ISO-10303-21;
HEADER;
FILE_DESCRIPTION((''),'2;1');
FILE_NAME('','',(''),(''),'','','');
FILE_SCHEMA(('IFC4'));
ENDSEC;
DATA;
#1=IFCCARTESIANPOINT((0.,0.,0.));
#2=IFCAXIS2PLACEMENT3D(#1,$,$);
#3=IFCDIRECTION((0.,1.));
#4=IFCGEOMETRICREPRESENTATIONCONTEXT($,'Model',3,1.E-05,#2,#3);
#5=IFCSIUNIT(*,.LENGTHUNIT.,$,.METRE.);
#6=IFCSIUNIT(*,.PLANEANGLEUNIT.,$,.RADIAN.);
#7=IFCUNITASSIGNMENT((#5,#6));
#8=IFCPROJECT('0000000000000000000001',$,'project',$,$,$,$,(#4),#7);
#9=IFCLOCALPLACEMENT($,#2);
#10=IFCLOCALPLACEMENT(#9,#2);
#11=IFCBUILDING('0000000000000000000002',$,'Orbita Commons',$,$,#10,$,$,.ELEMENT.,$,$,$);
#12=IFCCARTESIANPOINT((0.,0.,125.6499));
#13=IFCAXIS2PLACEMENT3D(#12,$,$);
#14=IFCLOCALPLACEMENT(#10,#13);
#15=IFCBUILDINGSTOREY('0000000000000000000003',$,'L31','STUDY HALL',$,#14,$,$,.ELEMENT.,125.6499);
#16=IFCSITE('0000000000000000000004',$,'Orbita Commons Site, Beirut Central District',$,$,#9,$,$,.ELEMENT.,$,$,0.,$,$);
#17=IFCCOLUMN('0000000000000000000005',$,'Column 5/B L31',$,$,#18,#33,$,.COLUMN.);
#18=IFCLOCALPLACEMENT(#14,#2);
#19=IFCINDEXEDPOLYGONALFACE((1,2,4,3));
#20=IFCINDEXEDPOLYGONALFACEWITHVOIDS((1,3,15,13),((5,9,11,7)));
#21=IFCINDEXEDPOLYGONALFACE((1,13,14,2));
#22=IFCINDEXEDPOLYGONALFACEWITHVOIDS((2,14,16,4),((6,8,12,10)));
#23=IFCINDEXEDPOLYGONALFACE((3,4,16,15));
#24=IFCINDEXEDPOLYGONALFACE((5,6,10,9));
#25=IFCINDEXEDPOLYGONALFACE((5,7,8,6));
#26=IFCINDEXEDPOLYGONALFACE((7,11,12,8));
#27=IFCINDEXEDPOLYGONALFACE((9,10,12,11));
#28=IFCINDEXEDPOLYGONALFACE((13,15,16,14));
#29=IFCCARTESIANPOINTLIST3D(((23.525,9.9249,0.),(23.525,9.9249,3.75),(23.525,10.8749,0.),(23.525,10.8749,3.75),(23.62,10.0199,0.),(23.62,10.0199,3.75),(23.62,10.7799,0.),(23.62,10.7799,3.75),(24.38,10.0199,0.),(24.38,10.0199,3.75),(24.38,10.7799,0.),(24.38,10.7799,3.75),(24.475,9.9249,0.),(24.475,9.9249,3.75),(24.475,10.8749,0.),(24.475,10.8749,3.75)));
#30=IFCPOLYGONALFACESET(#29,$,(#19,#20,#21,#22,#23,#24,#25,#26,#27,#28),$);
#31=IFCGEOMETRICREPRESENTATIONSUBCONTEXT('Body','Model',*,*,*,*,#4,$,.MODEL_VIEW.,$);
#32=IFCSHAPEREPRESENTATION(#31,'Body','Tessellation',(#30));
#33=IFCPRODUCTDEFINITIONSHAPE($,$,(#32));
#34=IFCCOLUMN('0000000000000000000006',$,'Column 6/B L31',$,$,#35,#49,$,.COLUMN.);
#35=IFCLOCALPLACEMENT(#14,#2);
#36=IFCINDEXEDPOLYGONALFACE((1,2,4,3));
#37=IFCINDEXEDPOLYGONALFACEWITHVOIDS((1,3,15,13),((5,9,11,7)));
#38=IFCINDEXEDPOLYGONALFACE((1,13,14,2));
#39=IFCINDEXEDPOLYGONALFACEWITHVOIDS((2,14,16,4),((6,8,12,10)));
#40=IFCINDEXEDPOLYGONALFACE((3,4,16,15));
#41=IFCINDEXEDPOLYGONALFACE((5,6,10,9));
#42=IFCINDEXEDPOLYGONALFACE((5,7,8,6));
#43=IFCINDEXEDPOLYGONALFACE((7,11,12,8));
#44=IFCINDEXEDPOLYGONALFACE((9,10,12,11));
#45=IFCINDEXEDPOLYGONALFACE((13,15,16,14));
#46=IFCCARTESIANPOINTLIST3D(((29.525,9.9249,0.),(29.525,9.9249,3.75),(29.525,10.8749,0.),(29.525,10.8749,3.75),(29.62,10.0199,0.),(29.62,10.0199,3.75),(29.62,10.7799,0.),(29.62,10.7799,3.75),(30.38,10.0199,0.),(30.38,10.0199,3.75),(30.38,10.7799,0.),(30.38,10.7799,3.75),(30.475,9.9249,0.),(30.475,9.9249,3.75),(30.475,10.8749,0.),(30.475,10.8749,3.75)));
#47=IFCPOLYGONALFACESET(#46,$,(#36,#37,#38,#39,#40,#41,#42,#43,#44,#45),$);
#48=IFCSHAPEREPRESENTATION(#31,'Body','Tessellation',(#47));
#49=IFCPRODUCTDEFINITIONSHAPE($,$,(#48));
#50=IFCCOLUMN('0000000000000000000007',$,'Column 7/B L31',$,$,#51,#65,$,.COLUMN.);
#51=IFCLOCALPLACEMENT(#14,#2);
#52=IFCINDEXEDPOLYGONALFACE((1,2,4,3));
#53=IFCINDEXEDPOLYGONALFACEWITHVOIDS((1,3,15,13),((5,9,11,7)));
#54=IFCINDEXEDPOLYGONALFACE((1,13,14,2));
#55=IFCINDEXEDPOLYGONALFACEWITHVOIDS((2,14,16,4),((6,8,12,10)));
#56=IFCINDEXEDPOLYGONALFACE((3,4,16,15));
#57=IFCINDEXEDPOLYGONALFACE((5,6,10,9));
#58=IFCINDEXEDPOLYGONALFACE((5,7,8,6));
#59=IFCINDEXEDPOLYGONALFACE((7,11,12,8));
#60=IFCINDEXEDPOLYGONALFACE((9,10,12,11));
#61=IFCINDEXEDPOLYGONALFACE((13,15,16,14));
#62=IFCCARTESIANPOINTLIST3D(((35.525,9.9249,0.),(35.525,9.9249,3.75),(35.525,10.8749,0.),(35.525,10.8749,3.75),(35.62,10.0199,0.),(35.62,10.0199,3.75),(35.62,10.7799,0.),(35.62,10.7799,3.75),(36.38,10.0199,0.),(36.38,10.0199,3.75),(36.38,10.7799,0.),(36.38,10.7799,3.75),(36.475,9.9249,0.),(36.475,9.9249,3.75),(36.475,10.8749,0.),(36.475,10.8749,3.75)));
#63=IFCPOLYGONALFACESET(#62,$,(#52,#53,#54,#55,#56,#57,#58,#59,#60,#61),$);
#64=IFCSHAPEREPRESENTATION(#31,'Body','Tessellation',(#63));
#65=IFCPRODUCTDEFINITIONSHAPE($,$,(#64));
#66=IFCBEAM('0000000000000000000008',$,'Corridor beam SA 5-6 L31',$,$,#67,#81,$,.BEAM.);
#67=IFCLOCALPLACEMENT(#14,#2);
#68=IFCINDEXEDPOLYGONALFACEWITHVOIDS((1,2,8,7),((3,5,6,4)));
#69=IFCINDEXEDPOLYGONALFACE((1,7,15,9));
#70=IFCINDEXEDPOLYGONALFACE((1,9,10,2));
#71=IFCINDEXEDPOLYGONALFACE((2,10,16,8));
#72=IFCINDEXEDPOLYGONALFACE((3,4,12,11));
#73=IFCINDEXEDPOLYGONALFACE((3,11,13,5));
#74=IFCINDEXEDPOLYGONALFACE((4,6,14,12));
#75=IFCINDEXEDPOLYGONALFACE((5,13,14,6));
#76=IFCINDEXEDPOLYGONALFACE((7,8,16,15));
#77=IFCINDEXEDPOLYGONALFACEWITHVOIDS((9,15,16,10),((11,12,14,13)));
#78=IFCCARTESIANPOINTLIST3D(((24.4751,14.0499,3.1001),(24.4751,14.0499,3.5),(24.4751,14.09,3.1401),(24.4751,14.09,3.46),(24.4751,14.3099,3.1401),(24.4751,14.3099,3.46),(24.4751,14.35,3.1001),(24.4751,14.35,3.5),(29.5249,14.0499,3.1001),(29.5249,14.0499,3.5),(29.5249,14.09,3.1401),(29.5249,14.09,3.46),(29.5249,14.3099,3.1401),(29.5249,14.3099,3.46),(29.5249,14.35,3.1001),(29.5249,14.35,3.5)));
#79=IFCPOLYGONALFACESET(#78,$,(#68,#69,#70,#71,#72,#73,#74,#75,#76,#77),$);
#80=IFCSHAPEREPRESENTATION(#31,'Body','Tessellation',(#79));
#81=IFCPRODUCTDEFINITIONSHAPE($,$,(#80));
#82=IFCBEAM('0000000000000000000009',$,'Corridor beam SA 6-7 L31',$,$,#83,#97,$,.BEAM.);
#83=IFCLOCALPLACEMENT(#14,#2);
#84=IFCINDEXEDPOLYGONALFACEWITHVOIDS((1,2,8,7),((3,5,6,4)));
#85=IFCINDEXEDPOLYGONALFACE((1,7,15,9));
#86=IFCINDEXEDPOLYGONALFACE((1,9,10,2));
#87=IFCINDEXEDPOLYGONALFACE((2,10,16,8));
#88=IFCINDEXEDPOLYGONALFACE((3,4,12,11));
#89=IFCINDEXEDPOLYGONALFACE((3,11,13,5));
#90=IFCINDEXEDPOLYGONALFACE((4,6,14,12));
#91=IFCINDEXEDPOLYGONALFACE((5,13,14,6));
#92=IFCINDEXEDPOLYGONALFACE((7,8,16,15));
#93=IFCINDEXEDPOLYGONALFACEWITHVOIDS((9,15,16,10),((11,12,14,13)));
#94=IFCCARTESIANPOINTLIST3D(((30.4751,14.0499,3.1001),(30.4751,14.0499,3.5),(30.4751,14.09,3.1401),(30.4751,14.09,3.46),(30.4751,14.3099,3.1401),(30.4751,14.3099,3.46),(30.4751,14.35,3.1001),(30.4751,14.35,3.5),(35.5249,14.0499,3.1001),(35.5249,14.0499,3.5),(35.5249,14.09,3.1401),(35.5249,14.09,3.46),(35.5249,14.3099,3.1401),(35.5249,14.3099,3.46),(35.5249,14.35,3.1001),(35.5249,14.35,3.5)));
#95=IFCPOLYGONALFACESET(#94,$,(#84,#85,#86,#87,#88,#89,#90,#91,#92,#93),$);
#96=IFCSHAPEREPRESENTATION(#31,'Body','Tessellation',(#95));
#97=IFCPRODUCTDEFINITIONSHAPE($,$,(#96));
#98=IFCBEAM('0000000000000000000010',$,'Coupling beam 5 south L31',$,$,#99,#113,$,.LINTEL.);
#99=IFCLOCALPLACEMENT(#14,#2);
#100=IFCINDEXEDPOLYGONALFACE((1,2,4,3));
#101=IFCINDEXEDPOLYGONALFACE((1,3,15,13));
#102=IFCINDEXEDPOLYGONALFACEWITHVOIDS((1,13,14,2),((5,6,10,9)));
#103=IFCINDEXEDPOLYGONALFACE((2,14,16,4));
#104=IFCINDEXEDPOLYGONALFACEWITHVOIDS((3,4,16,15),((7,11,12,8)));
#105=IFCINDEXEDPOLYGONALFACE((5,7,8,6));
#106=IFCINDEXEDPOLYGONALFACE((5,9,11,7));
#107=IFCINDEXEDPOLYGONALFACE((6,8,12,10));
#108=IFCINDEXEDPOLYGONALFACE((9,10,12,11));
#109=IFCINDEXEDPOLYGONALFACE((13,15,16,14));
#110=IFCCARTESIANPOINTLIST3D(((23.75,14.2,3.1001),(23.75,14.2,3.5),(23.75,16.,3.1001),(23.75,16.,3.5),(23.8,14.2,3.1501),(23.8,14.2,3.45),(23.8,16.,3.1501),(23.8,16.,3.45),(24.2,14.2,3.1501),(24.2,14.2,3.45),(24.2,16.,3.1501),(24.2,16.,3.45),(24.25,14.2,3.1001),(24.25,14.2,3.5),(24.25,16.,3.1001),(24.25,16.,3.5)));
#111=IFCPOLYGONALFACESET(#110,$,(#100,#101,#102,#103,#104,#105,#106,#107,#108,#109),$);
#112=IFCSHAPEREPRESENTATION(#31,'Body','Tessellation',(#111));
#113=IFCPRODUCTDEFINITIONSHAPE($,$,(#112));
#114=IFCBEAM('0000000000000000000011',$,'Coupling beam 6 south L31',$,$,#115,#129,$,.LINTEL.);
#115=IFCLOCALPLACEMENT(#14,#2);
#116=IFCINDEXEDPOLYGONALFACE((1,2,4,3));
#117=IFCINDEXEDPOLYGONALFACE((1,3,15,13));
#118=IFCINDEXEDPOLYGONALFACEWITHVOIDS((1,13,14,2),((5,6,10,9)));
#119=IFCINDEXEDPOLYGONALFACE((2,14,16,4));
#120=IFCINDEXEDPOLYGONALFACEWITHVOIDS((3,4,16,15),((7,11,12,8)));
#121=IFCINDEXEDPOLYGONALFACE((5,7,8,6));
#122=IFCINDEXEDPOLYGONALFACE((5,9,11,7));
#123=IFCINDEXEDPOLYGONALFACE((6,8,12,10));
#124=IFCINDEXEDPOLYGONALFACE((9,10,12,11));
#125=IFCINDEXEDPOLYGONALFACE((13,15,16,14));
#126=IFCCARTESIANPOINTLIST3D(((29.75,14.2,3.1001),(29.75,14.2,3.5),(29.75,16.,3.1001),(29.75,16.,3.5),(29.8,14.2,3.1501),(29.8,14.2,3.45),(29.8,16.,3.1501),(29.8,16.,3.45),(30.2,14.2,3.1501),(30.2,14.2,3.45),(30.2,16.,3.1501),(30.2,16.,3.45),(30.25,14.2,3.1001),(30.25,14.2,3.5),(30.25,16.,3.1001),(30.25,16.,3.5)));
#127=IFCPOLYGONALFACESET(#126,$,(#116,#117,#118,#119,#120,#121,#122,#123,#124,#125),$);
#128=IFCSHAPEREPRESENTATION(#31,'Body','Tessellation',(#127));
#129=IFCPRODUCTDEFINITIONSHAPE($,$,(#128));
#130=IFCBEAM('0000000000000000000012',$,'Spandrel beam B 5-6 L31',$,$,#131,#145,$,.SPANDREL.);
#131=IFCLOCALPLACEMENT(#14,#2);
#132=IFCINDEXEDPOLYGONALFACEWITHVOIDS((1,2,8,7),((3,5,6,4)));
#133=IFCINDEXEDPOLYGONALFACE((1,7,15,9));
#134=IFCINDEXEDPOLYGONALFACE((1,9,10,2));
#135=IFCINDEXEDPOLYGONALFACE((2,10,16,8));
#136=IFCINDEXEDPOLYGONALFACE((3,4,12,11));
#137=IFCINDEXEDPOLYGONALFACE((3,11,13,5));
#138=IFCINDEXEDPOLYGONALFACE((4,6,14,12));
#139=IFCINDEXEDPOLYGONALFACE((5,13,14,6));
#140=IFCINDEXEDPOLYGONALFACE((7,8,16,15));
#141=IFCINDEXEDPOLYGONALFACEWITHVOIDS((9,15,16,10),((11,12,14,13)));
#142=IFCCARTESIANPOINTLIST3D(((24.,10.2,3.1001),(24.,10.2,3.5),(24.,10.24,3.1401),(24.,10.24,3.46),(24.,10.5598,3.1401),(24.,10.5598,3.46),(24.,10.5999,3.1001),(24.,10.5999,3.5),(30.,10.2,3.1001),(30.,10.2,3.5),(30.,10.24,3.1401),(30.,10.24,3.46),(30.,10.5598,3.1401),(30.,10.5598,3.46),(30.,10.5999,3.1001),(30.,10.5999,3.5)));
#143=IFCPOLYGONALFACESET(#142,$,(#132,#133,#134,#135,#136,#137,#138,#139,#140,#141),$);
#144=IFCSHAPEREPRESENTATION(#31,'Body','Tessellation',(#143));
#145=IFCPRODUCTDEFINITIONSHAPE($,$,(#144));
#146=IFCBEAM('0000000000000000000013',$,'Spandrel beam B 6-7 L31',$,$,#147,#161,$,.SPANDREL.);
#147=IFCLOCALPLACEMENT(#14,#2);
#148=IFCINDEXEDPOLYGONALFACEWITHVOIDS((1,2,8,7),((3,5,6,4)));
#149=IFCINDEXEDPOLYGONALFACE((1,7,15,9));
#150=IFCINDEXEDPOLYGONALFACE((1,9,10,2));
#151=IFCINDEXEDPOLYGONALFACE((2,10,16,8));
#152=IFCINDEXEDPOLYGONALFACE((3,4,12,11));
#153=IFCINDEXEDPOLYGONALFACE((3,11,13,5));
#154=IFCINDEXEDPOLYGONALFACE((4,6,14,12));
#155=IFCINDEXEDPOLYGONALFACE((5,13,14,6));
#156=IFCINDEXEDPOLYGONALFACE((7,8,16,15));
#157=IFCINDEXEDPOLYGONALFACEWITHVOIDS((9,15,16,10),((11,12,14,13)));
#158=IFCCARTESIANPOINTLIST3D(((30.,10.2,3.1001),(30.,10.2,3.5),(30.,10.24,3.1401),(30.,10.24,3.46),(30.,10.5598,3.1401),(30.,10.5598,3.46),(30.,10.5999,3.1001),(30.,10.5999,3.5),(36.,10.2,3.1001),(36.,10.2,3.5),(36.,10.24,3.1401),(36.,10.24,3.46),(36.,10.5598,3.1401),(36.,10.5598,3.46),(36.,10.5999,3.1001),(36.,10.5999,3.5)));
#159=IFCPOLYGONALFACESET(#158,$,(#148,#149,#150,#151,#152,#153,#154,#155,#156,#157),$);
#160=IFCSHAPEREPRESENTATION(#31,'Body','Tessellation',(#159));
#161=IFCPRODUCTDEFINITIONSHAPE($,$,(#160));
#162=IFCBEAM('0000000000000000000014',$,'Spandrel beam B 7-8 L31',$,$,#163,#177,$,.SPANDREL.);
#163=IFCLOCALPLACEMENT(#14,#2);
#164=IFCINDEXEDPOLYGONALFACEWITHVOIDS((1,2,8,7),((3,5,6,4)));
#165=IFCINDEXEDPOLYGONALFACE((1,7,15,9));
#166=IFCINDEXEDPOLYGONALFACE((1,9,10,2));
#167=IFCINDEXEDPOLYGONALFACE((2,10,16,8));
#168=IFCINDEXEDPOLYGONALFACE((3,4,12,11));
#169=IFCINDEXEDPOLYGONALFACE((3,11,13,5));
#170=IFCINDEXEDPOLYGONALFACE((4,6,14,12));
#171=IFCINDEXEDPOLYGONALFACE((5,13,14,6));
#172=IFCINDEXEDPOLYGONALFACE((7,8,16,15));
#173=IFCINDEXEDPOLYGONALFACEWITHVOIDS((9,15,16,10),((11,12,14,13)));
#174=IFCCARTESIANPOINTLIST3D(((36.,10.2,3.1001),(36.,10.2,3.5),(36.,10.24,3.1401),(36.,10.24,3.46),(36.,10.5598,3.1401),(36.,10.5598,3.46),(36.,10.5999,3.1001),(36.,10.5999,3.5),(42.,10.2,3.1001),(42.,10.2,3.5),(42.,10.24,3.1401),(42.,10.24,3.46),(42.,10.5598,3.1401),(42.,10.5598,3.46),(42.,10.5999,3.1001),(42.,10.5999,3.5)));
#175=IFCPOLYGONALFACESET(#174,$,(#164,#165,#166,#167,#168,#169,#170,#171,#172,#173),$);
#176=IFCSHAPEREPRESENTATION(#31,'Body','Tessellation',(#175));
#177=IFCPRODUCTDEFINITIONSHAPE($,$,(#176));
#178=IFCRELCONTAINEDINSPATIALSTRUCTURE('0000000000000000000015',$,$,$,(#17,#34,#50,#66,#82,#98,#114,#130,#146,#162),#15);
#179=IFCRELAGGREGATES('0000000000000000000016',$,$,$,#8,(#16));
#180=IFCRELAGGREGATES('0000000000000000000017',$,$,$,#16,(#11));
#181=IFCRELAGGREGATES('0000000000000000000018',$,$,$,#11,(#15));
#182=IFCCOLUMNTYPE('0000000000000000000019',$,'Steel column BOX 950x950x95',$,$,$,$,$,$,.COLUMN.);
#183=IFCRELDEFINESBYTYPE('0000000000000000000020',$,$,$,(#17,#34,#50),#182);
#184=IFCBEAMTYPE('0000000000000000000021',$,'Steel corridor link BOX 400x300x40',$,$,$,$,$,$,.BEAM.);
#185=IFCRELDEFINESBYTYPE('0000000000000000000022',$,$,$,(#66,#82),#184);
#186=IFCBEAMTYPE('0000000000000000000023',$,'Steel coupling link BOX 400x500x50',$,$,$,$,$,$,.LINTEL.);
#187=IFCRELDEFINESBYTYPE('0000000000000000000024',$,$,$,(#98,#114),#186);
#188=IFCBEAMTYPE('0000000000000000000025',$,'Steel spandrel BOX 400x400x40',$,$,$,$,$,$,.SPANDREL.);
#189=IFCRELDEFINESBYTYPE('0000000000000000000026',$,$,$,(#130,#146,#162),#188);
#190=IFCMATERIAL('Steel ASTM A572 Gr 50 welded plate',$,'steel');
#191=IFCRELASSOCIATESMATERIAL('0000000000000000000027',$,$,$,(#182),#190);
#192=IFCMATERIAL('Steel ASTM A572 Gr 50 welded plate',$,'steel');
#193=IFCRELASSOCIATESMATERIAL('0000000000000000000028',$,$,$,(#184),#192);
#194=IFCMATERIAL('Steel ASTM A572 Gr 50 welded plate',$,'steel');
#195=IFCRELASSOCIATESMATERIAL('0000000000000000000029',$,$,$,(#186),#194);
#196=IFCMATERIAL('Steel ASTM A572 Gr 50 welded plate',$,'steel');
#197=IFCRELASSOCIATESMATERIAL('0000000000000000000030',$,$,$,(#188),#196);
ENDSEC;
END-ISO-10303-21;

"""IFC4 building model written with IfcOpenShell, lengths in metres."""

from ifc_helpers import new_model, si_unit, direction, frame, origin, origin_2d, place, context, subcontext, project, spatial, hollow_rectangle, extrude, material, material_profile, profile_set, type_object, element, save


model = new_model("IFC4")

# Units and contexts
model_context = context("Model", 3, precision=1e-05, world=origin(), true_north=direction((0.0, 1.0)))
body_context = subcontext(model_context, "Body", "Model", "MODEL_VIEW")
ifc_project = project(units=[si_unit("LENGTHUNIT", "METRE"), si_unit("PLANEANGLEUNIT", "RADIAN")], contexts=[model_context])

# Site, building, storey
site_placement = place(None, origin())
site = spatial("IfcSite", under=ifc_project, at=site_placement, Name="Orbita Commons Site, Beirut Central District", CompositionType="ELEMENT", RefElevation=0.0)
building_placement = place(site_placement, origin())
building = spatial("IfcBuilding", under=site, at=building_placement, Name="Orbita Commons", CompositionType="ELEMENT")
storey_placement = place(building_placement, frame((0.0, 0.0, 125.6499)))
storey = spatial("IfcBuildingStorey", under=building, at=storey_placement, Name="L31", Description="STUDY HALL", CompositionType="ELEMENT", Elevation=125.6499)

# Columns
ifc_material_1 = material(Name="Steel ASTM A572 Gr 50 welded plate", Category="steel")
ifc_material_profile_1 = material_profile(ifc_material_1, hollow_rectangle(XDim=0.95, YDim=0.95, WallThickness=0.095, at=origin_2d()), Name="BOX 950x950x95")
ifc_profile_set_1 = profile_set([ifc_material_profile_1], Name="Steel ASTM A572 Gr 50 welded plate")
column_type = type_object("IfcColumnType", Name="Steel column BOX 950x950x95", PredefinedType="COLUMN", material=ifc_profile_set_1)
for number, where, z_axis, x_axis, name in (
    (1, (24.0, 10.3999, 0.0), (0.0, 0.0, 1.0), (1.0, 0.0, 0.0), "Column 5/B L31"),
    (2, (30.0, 10.3999, 0.0), (0.0, 0.0, 1.0), (1.0, 0.0, 0.0), "Column 6/B L31"),
    (3, (36.0, 10.3999, 0.0), (0.0, 0.0, 1.0), (1.0, 0.0, 0.0), "Column 7/B L31"),
):
    element("IfcColumn", number, at=place(storey_placement, frame(where, z_axis=z_axis, x_axis=x_axis)), inside=storey, type_object=column_type, Name=name, PredefinedType="COLUMN", context=body_context, shape_type="SweptSolid", body=[
        extrude(hollow_rectangle(XDim=0.95, YDim=0.95, WallThickness=0.095, at=origin_2d()), origin(), (0.0, 0.0, 1.0), 3.75),
    ])

# Beams
ifc_material_2 = material(Name="Steel ASTM A572 Gr 50 welded plate", Category="steel")
ifc_material_profile_2 = material_profile(ifc_material_2, hollow_rectangle(XDim=0.3, YDim=0.3999, WallThickness=0.04, at=origin_2d()), Name="BOX 400x300x40")
ifc_profile_set_2 = profile_set([ifc_material_profile_2], Name="Steel ASTM A572 Gr 50 welded plate")
beam_type_1 = type_object("IfcBeamType", Name="Steel corridor link BOX 400x300x40", PredefinedType="BEAM", material=ifc_profile_set_2)
for number, where, z_axis, x_axis, name in (
    (4, (24.4751, 14.2, 3.3), (1.0, 0.0, 0.0), (0.0, 1.0, 0.0), "Corridor beam SA 5-6 L31"),
    (5, (30.4751, 14.2, 3.3), (1.0, 0.0, 0.0), (0.0, 1.0, 0.0), "Corridor beam SA 6-7 L31"),
):
    element("IfcBeam", number, at=place(storey_placement, frame(where, z_axis=z_axis, x_axis=x_axis)), inside=storey, type_object=beam_type_1, Name=name, PredefinedType="BEAM", context=body_context, shape_type="SweptSolid", body=[
        extrude(hollow_rectangle(XDim=0.3, YDim=0.3999, WallThickness=0.04, at=origin_2d()), origin(), (0.0, 0.0, 1.0), 5.0498),
    ])
ifc_material_3 = material(Name="Steel ASTM A572 Gr 50 welded plate", Category="steel")
ifc_material_profile_3 = material_profile(ifc_material_3, hollow_rectangle(XDim=0.5, YDim=0.3999, WallThickness=0.05, at=origin_2d()), Name="BOX 400x500x50")
ifc_profile_set_3 = profile_set([ifc_material_profile_3], Name="Steel ASTM A572 Gr 50 welded plate")
beam_type_2 = type_object("IfcBeamType", Name="Steel coupling link BOX 400x500x50", PredefinedType="LINTEL", material=ifc_profile_set_3)
for number, where, z_axis, x_axis, name in (
    (6, (24.0, 14.2, 3.3), (0.0, 1.0, 0.0), (-1.0, 0.0, 0.0), "Coupling beam 5 south L31"),
    (7, (30.0, 14.2, 3.3), (0.0, 1.0, 0.0), (-1.0, 0.0, 0.0), "Coupling beam 6 south L31"),
):
    element("IfcBeam", number, at=place(storey_placement, frame(where, z_axis=z_axis, x_axis=x_axis)), inside=storey, type_object=beam_type_2, Name=name, PredefinedType="LINTEL", context=body_context, shape_type="SweptSolid", body=[
        extrude(hollow_rectangle(XDim=0.5, YDim=0.3999, WallThickness=0.05, at=origin_2d()), origin(), (0.0, 0.0, 1.0), 1.8),
    ])
ifc_material_4 = material(Name="Steel ASTM A572 Gr 50 welded plate", Category="steel")
ifc_material_profile_4 = material_profile(ifc_material_4, hollow_rectangle(XDim=0.3999, YDim=0.3999, WallThickness=0.04, at=origin_2d()), Name="BOX 400x400x40")
ifc_profile_set_4 = profile_set([ifc_material_profile_4], Name="Steel ASTM A572 Gr 50 welded plate")
beam_type_3 = type_object("IfcBeamType", Name="Steel spandrel BOX 400x400x40", PredefinedType="SPANDREL", material=ifc_profile_set_4)
for number, where, z_axis, x_axis, name in (
    (8, (24.0, 10.3999, 3.3), (1.0, 0.0, 0.0), (0.0, 1.0, 0.0), "Spandrel beam B 5-6 L31"),
    (9, (30.0, 10.3999, 3.3), (1.0, 0.0, 0.0), (0.0, 1.0, 0.0), "Spandrel beam B 6-7 L31"),
    (10, (36.0, 10.3999, 3.3), (1.0, 0.0, 0.0), (0.0, 1.0, 0.0), "Spandrel beam B 7-8 L31"),
):
    element("IfcBeam", number, at=place(storey_placement, frame(where, z_axis=z_axis, x_axis=x_axis)), inside=storey, type_object=beam_type_3, Name=name, PredefinedType="SPANDREL", context=body_context, shape_type="SweptSolid", body=[
        extrude(hollow_rectangle(XDim=0.3999, YDim=0.3999, WallThickness=0.04, at=origin_2d()), origin(), (0.0, 0.0, 1.0), 6.0),
    ])

save(model, "model.ifc")
